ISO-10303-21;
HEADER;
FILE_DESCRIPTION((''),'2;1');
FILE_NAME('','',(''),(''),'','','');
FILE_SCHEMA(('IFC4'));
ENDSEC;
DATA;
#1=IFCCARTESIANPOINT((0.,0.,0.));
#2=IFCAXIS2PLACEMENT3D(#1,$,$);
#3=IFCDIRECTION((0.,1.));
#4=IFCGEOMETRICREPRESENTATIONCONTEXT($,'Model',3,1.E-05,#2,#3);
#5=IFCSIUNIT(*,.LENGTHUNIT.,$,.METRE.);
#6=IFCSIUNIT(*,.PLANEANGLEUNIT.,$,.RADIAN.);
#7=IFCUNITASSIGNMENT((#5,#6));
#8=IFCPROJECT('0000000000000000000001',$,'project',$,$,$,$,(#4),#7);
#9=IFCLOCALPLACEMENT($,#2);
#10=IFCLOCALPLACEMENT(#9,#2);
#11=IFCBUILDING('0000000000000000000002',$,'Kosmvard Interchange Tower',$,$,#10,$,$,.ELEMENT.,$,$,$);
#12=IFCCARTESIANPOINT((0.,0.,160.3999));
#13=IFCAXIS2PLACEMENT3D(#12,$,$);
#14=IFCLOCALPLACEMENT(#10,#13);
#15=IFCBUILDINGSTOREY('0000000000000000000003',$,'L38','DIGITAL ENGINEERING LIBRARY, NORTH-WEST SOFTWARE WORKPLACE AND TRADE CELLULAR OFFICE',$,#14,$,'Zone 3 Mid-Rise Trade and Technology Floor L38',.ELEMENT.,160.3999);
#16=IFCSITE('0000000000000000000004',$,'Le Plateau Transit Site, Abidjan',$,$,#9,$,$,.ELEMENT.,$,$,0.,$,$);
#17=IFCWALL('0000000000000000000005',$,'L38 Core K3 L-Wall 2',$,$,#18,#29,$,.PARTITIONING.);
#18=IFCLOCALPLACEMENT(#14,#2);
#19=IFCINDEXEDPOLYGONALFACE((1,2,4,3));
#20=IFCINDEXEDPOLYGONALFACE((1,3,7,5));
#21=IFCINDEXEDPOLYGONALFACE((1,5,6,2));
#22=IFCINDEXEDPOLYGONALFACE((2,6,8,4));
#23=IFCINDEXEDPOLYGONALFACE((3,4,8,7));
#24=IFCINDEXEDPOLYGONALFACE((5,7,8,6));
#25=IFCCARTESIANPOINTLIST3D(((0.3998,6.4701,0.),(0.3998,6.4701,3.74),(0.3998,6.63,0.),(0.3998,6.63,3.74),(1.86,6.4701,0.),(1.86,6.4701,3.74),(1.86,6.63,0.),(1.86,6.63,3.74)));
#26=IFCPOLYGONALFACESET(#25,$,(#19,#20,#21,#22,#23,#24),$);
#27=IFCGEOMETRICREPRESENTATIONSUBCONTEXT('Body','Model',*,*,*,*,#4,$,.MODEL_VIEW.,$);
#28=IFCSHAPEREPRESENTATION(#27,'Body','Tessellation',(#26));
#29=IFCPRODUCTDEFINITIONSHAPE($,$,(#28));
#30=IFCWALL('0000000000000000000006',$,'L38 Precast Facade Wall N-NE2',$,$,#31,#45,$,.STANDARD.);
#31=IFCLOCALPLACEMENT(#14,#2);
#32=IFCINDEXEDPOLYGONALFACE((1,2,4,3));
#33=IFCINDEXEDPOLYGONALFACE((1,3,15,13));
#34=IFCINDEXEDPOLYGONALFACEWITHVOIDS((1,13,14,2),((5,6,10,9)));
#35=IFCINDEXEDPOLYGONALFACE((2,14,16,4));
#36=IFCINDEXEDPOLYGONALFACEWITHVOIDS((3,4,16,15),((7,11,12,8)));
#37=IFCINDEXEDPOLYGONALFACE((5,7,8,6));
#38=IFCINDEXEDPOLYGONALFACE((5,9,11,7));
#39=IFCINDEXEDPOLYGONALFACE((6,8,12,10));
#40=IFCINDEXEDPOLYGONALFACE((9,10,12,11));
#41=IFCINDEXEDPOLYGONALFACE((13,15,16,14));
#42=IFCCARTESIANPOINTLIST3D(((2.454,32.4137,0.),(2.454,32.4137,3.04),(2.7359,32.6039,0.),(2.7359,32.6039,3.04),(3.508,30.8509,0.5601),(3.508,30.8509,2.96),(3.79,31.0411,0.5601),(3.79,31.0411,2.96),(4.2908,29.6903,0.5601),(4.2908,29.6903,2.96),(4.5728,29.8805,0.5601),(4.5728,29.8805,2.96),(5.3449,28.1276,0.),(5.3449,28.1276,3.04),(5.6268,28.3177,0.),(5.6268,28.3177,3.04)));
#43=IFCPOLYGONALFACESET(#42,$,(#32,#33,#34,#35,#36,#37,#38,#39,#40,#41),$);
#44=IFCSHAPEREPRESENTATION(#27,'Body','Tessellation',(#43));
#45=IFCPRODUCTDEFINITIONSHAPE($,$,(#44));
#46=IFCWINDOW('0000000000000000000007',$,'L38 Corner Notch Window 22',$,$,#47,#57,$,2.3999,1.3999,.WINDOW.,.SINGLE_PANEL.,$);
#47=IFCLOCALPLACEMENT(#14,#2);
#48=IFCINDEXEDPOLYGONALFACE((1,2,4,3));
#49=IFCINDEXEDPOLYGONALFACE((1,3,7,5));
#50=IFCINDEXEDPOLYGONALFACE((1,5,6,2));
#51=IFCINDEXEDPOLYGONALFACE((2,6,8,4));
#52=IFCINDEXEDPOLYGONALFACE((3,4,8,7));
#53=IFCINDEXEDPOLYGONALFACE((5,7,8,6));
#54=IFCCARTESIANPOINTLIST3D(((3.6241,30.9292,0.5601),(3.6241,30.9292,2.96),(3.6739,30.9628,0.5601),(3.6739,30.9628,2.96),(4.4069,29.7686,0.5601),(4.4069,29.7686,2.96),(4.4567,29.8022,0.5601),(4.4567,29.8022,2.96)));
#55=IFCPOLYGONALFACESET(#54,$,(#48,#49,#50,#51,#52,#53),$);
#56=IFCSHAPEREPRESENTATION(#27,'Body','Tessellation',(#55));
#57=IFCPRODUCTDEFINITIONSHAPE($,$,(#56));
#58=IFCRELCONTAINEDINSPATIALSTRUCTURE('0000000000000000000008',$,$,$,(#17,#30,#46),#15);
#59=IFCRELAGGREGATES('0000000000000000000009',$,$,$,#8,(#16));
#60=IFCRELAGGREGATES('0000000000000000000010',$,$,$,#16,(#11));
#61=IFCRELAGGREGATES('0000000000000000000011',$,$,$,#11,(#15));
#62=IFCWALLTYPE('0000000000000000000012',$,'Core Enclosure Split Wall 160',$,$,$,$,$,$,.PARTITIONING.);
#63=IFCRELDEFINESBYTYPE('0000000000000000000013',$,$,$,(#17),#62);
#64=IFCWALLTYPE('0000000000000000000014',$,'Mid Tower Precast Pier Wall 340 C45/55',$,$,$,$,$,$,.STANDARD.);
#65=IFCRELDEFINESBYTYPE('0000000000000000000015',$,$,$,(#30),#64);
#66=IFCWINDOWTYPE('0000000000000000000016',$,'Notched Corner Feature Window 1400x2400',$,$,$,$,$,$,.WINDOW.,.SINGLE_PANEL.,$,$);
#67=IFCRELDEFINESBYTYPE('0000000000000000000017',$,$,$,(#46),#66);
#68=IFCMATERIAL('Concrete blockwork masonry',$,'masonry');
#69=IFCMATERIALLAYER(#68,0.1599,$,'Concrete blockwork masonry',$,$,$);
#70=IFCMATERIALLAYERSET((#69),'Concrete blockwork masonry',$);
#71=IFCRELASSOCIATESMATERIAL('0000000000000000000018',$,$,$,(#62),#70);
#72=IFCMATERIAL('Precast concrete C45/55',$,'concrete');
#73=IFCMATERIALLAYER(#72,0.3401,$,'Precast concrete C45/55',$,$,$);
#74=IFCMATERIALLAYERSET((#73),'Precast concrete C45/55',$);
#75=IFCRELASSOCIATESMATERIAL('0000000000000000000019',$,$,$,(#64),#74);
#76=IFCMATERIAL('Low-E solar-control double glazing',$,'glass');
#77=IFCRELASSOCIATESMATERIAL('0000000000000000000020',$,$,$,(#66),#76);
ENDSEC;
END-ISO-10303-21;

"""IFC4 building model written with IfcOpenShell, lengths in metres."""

from ifc_helpers import new_model, si_unit, direction, frame, frame_2d, origin, place, context, subcontext, project, spatial, rectangle, extrude, source, transform, mapped, material, layer, layer_set, type_object, element, fill, save


model = new_model("IFC4")

# Units and contexts
model_context = context("Model", 3, precision=1e-05, world=origin(), true_north=direction((0.0, 1.0)))
body_context = subcontext(model_context, "Body", "Model", "MODEL_VIEW")
ifc_project = project(units=[si_unit("LENGTHUNIT", "METRE"), si_unit("PLANEANGLEUNIT", "RADIAN")], contexts=[model_context])

# Site, building, storey
site_placement = place(None, origin())
site = spatial("IfcSite", under=ifc_project, at=site_placement, Name="Le Plateau Transit Site, Abidjan", CompositionType="ELEMENT", RefElevation=0.0)
building_placement = place(site_placement, origin())
building = spatial("IfcBuilding", under=site, at=building_placement, Name="Kosmvard Interchange Tower", CompositionType="ELEMENT")
storey_placement = place(building_placement, frame((0.0, 0.0, 160.3999)))
storey = spatial("IfcBuildingStorey", under=building, at=storey_placement, Name="L38", Description="DIGITAL ENGINEERING LIBRARY, NORTH-WEST SOFTWARE WORKPLACE AND TRADE CELLULAR OFFICE", LongName="Zone 3 Mid-Rise Trade and Technology Floor L38", CompositionType="ELEMENT", Elevation=160.3999)

# Wall
ifc_material_1 = material(Name="Concrete blockwork masonry", Category="masonry")
ifc_layer_1 = layer(ifc_material_1, 0.1599, Name="Concrete blockwork masonry")
ifc_layer_set_1 = layer_set([ifc_layer_1], Name="Concrete blockwork masonry")
wall_type_1 = type_object("IfcWallType", Name="Core Enclosure Split Wall 160", PredefinedType="PARTITIONING", material=ifc_layer_set_1)
wall_1_placement = place(storey_placement, frame((0.3999, 6.55, 0.0), z_axis=(0.0, 0.0, 1.0), x_axis=(1.0, 0.0, 0.0)))
element("IfcWall", 1, at=wall_1_placement, inside=storey, type_object=wall_type_1, Name="L38 Core K3 L-Wall 2", PredefinedType="PARTITIONING", context=body_context, shape_type="SweptSolid", body=[
    extrude(rectangle(XDim=1.4602, YDim=0.1599, at=frame_2d((0.73, 0.0))), origin(), (0.0, 0.0, 1.0), 3.74),
])

# Wall, opening, window
ifc_material_2 = material(Name="Precast concrete C45/55", Category="concrete")
ifc_layer_2 = layer(ifc_material_2, 0.3401, Name="Precast concrete C45/55")
ifc_layer_set_2 = layer_set([ifc_layer_2], Name="Precast concrete C45/55")
wall_type_2 = type_object("IfcWallType", Name="Mid Tower Precast Pier Wall 340 C45/55", PredefinedType="STANDARD", material=ifc_layer_set_2)
wall_2_placement = place(storey_placement, frame((5.4858, 28.2227, 0.0), z_axis=(0.0, 0.0, 1.0), x_axis=(-0.559171, 0.829052, 0.0)))
wall_2 = element("IfcWall", 2, at=wall_2_placement, inside=storey, type_object=wall_type_2, Name="L38 Precast Facade Wall N-NE2", PredefinedType="STANDARD", context=body_context, shape_type="SweptSolid", body=[
    extrude(rectangle(XDim=5.1699, YDim=0.3401, at=frame_2d((2.585, 0.0))), origin(), (0.0, 0.0, 1.0), 3.04),
])
opening_1_placement = place(wall_2_placement, frame((1.885, 0.0, 0.5601)))
opening_1 = element("IfcOpeningElement", 3, at=opening_1_placement, cuts=wall_2, PredefinedType="OPENING", context=body_context, shape_type="SweptSolid", body=[
    extrude(rectangle(XDim=1.3999, YDim=2.3999, at=frame_2d((0.7, 1.2))), frame((0.0, 0.1802, 0.0), z_axis=(0.0, -1.0, 0.0), x_axis=(1.0, 0.0, 0.0)), (0.0, 0.0, 1.0), 0.3601),
])
ifc_material_3 = material(Name="Low-E solar-control double glazing", Category="glass")
window_type_1 = type_object("IfcWindowType", Name="Notched Corner Feature Window 1400x2400", PartitioningType="SINGLE_PANEL", PredefinedType="WINDOW", material=ifc_material_3)
shared_shape_1 = source(origin(), body_context, "Body", "SweptSolid", [
    extrude(rectangle(XDim=1.3999, YDim=2.3999, at=frame_2d((0.7, 1.2))), frame((0.0, 0.03, 0.0), z_axis=(0.0, -1.0, 0.0), x_axis=(1.0, 0.0, 0.0)), (0.0, 0.0, 1.0), 0.0601),
])
window_1_placement = place(opening_1_placement, origin())
window_1 = element("IfcWindow", 4, at=window_1_placement, inside=storey, type_object=window_type_1, Name="L38 Corner Notch Window 22", OverallHeight=2.3999, OverallWidth=1.3999, PartitioningType="SINGLE_PANEL", PredefinedType="WINDOW", context=body_context, shape_type="MappedRepresentation", body=[
    mapped(shared_shape_1, transform((0.0, 0.0, 0.0), scale=1.0)),
])
fill(opening_1, window_1)

save(model, "model.ifc")
